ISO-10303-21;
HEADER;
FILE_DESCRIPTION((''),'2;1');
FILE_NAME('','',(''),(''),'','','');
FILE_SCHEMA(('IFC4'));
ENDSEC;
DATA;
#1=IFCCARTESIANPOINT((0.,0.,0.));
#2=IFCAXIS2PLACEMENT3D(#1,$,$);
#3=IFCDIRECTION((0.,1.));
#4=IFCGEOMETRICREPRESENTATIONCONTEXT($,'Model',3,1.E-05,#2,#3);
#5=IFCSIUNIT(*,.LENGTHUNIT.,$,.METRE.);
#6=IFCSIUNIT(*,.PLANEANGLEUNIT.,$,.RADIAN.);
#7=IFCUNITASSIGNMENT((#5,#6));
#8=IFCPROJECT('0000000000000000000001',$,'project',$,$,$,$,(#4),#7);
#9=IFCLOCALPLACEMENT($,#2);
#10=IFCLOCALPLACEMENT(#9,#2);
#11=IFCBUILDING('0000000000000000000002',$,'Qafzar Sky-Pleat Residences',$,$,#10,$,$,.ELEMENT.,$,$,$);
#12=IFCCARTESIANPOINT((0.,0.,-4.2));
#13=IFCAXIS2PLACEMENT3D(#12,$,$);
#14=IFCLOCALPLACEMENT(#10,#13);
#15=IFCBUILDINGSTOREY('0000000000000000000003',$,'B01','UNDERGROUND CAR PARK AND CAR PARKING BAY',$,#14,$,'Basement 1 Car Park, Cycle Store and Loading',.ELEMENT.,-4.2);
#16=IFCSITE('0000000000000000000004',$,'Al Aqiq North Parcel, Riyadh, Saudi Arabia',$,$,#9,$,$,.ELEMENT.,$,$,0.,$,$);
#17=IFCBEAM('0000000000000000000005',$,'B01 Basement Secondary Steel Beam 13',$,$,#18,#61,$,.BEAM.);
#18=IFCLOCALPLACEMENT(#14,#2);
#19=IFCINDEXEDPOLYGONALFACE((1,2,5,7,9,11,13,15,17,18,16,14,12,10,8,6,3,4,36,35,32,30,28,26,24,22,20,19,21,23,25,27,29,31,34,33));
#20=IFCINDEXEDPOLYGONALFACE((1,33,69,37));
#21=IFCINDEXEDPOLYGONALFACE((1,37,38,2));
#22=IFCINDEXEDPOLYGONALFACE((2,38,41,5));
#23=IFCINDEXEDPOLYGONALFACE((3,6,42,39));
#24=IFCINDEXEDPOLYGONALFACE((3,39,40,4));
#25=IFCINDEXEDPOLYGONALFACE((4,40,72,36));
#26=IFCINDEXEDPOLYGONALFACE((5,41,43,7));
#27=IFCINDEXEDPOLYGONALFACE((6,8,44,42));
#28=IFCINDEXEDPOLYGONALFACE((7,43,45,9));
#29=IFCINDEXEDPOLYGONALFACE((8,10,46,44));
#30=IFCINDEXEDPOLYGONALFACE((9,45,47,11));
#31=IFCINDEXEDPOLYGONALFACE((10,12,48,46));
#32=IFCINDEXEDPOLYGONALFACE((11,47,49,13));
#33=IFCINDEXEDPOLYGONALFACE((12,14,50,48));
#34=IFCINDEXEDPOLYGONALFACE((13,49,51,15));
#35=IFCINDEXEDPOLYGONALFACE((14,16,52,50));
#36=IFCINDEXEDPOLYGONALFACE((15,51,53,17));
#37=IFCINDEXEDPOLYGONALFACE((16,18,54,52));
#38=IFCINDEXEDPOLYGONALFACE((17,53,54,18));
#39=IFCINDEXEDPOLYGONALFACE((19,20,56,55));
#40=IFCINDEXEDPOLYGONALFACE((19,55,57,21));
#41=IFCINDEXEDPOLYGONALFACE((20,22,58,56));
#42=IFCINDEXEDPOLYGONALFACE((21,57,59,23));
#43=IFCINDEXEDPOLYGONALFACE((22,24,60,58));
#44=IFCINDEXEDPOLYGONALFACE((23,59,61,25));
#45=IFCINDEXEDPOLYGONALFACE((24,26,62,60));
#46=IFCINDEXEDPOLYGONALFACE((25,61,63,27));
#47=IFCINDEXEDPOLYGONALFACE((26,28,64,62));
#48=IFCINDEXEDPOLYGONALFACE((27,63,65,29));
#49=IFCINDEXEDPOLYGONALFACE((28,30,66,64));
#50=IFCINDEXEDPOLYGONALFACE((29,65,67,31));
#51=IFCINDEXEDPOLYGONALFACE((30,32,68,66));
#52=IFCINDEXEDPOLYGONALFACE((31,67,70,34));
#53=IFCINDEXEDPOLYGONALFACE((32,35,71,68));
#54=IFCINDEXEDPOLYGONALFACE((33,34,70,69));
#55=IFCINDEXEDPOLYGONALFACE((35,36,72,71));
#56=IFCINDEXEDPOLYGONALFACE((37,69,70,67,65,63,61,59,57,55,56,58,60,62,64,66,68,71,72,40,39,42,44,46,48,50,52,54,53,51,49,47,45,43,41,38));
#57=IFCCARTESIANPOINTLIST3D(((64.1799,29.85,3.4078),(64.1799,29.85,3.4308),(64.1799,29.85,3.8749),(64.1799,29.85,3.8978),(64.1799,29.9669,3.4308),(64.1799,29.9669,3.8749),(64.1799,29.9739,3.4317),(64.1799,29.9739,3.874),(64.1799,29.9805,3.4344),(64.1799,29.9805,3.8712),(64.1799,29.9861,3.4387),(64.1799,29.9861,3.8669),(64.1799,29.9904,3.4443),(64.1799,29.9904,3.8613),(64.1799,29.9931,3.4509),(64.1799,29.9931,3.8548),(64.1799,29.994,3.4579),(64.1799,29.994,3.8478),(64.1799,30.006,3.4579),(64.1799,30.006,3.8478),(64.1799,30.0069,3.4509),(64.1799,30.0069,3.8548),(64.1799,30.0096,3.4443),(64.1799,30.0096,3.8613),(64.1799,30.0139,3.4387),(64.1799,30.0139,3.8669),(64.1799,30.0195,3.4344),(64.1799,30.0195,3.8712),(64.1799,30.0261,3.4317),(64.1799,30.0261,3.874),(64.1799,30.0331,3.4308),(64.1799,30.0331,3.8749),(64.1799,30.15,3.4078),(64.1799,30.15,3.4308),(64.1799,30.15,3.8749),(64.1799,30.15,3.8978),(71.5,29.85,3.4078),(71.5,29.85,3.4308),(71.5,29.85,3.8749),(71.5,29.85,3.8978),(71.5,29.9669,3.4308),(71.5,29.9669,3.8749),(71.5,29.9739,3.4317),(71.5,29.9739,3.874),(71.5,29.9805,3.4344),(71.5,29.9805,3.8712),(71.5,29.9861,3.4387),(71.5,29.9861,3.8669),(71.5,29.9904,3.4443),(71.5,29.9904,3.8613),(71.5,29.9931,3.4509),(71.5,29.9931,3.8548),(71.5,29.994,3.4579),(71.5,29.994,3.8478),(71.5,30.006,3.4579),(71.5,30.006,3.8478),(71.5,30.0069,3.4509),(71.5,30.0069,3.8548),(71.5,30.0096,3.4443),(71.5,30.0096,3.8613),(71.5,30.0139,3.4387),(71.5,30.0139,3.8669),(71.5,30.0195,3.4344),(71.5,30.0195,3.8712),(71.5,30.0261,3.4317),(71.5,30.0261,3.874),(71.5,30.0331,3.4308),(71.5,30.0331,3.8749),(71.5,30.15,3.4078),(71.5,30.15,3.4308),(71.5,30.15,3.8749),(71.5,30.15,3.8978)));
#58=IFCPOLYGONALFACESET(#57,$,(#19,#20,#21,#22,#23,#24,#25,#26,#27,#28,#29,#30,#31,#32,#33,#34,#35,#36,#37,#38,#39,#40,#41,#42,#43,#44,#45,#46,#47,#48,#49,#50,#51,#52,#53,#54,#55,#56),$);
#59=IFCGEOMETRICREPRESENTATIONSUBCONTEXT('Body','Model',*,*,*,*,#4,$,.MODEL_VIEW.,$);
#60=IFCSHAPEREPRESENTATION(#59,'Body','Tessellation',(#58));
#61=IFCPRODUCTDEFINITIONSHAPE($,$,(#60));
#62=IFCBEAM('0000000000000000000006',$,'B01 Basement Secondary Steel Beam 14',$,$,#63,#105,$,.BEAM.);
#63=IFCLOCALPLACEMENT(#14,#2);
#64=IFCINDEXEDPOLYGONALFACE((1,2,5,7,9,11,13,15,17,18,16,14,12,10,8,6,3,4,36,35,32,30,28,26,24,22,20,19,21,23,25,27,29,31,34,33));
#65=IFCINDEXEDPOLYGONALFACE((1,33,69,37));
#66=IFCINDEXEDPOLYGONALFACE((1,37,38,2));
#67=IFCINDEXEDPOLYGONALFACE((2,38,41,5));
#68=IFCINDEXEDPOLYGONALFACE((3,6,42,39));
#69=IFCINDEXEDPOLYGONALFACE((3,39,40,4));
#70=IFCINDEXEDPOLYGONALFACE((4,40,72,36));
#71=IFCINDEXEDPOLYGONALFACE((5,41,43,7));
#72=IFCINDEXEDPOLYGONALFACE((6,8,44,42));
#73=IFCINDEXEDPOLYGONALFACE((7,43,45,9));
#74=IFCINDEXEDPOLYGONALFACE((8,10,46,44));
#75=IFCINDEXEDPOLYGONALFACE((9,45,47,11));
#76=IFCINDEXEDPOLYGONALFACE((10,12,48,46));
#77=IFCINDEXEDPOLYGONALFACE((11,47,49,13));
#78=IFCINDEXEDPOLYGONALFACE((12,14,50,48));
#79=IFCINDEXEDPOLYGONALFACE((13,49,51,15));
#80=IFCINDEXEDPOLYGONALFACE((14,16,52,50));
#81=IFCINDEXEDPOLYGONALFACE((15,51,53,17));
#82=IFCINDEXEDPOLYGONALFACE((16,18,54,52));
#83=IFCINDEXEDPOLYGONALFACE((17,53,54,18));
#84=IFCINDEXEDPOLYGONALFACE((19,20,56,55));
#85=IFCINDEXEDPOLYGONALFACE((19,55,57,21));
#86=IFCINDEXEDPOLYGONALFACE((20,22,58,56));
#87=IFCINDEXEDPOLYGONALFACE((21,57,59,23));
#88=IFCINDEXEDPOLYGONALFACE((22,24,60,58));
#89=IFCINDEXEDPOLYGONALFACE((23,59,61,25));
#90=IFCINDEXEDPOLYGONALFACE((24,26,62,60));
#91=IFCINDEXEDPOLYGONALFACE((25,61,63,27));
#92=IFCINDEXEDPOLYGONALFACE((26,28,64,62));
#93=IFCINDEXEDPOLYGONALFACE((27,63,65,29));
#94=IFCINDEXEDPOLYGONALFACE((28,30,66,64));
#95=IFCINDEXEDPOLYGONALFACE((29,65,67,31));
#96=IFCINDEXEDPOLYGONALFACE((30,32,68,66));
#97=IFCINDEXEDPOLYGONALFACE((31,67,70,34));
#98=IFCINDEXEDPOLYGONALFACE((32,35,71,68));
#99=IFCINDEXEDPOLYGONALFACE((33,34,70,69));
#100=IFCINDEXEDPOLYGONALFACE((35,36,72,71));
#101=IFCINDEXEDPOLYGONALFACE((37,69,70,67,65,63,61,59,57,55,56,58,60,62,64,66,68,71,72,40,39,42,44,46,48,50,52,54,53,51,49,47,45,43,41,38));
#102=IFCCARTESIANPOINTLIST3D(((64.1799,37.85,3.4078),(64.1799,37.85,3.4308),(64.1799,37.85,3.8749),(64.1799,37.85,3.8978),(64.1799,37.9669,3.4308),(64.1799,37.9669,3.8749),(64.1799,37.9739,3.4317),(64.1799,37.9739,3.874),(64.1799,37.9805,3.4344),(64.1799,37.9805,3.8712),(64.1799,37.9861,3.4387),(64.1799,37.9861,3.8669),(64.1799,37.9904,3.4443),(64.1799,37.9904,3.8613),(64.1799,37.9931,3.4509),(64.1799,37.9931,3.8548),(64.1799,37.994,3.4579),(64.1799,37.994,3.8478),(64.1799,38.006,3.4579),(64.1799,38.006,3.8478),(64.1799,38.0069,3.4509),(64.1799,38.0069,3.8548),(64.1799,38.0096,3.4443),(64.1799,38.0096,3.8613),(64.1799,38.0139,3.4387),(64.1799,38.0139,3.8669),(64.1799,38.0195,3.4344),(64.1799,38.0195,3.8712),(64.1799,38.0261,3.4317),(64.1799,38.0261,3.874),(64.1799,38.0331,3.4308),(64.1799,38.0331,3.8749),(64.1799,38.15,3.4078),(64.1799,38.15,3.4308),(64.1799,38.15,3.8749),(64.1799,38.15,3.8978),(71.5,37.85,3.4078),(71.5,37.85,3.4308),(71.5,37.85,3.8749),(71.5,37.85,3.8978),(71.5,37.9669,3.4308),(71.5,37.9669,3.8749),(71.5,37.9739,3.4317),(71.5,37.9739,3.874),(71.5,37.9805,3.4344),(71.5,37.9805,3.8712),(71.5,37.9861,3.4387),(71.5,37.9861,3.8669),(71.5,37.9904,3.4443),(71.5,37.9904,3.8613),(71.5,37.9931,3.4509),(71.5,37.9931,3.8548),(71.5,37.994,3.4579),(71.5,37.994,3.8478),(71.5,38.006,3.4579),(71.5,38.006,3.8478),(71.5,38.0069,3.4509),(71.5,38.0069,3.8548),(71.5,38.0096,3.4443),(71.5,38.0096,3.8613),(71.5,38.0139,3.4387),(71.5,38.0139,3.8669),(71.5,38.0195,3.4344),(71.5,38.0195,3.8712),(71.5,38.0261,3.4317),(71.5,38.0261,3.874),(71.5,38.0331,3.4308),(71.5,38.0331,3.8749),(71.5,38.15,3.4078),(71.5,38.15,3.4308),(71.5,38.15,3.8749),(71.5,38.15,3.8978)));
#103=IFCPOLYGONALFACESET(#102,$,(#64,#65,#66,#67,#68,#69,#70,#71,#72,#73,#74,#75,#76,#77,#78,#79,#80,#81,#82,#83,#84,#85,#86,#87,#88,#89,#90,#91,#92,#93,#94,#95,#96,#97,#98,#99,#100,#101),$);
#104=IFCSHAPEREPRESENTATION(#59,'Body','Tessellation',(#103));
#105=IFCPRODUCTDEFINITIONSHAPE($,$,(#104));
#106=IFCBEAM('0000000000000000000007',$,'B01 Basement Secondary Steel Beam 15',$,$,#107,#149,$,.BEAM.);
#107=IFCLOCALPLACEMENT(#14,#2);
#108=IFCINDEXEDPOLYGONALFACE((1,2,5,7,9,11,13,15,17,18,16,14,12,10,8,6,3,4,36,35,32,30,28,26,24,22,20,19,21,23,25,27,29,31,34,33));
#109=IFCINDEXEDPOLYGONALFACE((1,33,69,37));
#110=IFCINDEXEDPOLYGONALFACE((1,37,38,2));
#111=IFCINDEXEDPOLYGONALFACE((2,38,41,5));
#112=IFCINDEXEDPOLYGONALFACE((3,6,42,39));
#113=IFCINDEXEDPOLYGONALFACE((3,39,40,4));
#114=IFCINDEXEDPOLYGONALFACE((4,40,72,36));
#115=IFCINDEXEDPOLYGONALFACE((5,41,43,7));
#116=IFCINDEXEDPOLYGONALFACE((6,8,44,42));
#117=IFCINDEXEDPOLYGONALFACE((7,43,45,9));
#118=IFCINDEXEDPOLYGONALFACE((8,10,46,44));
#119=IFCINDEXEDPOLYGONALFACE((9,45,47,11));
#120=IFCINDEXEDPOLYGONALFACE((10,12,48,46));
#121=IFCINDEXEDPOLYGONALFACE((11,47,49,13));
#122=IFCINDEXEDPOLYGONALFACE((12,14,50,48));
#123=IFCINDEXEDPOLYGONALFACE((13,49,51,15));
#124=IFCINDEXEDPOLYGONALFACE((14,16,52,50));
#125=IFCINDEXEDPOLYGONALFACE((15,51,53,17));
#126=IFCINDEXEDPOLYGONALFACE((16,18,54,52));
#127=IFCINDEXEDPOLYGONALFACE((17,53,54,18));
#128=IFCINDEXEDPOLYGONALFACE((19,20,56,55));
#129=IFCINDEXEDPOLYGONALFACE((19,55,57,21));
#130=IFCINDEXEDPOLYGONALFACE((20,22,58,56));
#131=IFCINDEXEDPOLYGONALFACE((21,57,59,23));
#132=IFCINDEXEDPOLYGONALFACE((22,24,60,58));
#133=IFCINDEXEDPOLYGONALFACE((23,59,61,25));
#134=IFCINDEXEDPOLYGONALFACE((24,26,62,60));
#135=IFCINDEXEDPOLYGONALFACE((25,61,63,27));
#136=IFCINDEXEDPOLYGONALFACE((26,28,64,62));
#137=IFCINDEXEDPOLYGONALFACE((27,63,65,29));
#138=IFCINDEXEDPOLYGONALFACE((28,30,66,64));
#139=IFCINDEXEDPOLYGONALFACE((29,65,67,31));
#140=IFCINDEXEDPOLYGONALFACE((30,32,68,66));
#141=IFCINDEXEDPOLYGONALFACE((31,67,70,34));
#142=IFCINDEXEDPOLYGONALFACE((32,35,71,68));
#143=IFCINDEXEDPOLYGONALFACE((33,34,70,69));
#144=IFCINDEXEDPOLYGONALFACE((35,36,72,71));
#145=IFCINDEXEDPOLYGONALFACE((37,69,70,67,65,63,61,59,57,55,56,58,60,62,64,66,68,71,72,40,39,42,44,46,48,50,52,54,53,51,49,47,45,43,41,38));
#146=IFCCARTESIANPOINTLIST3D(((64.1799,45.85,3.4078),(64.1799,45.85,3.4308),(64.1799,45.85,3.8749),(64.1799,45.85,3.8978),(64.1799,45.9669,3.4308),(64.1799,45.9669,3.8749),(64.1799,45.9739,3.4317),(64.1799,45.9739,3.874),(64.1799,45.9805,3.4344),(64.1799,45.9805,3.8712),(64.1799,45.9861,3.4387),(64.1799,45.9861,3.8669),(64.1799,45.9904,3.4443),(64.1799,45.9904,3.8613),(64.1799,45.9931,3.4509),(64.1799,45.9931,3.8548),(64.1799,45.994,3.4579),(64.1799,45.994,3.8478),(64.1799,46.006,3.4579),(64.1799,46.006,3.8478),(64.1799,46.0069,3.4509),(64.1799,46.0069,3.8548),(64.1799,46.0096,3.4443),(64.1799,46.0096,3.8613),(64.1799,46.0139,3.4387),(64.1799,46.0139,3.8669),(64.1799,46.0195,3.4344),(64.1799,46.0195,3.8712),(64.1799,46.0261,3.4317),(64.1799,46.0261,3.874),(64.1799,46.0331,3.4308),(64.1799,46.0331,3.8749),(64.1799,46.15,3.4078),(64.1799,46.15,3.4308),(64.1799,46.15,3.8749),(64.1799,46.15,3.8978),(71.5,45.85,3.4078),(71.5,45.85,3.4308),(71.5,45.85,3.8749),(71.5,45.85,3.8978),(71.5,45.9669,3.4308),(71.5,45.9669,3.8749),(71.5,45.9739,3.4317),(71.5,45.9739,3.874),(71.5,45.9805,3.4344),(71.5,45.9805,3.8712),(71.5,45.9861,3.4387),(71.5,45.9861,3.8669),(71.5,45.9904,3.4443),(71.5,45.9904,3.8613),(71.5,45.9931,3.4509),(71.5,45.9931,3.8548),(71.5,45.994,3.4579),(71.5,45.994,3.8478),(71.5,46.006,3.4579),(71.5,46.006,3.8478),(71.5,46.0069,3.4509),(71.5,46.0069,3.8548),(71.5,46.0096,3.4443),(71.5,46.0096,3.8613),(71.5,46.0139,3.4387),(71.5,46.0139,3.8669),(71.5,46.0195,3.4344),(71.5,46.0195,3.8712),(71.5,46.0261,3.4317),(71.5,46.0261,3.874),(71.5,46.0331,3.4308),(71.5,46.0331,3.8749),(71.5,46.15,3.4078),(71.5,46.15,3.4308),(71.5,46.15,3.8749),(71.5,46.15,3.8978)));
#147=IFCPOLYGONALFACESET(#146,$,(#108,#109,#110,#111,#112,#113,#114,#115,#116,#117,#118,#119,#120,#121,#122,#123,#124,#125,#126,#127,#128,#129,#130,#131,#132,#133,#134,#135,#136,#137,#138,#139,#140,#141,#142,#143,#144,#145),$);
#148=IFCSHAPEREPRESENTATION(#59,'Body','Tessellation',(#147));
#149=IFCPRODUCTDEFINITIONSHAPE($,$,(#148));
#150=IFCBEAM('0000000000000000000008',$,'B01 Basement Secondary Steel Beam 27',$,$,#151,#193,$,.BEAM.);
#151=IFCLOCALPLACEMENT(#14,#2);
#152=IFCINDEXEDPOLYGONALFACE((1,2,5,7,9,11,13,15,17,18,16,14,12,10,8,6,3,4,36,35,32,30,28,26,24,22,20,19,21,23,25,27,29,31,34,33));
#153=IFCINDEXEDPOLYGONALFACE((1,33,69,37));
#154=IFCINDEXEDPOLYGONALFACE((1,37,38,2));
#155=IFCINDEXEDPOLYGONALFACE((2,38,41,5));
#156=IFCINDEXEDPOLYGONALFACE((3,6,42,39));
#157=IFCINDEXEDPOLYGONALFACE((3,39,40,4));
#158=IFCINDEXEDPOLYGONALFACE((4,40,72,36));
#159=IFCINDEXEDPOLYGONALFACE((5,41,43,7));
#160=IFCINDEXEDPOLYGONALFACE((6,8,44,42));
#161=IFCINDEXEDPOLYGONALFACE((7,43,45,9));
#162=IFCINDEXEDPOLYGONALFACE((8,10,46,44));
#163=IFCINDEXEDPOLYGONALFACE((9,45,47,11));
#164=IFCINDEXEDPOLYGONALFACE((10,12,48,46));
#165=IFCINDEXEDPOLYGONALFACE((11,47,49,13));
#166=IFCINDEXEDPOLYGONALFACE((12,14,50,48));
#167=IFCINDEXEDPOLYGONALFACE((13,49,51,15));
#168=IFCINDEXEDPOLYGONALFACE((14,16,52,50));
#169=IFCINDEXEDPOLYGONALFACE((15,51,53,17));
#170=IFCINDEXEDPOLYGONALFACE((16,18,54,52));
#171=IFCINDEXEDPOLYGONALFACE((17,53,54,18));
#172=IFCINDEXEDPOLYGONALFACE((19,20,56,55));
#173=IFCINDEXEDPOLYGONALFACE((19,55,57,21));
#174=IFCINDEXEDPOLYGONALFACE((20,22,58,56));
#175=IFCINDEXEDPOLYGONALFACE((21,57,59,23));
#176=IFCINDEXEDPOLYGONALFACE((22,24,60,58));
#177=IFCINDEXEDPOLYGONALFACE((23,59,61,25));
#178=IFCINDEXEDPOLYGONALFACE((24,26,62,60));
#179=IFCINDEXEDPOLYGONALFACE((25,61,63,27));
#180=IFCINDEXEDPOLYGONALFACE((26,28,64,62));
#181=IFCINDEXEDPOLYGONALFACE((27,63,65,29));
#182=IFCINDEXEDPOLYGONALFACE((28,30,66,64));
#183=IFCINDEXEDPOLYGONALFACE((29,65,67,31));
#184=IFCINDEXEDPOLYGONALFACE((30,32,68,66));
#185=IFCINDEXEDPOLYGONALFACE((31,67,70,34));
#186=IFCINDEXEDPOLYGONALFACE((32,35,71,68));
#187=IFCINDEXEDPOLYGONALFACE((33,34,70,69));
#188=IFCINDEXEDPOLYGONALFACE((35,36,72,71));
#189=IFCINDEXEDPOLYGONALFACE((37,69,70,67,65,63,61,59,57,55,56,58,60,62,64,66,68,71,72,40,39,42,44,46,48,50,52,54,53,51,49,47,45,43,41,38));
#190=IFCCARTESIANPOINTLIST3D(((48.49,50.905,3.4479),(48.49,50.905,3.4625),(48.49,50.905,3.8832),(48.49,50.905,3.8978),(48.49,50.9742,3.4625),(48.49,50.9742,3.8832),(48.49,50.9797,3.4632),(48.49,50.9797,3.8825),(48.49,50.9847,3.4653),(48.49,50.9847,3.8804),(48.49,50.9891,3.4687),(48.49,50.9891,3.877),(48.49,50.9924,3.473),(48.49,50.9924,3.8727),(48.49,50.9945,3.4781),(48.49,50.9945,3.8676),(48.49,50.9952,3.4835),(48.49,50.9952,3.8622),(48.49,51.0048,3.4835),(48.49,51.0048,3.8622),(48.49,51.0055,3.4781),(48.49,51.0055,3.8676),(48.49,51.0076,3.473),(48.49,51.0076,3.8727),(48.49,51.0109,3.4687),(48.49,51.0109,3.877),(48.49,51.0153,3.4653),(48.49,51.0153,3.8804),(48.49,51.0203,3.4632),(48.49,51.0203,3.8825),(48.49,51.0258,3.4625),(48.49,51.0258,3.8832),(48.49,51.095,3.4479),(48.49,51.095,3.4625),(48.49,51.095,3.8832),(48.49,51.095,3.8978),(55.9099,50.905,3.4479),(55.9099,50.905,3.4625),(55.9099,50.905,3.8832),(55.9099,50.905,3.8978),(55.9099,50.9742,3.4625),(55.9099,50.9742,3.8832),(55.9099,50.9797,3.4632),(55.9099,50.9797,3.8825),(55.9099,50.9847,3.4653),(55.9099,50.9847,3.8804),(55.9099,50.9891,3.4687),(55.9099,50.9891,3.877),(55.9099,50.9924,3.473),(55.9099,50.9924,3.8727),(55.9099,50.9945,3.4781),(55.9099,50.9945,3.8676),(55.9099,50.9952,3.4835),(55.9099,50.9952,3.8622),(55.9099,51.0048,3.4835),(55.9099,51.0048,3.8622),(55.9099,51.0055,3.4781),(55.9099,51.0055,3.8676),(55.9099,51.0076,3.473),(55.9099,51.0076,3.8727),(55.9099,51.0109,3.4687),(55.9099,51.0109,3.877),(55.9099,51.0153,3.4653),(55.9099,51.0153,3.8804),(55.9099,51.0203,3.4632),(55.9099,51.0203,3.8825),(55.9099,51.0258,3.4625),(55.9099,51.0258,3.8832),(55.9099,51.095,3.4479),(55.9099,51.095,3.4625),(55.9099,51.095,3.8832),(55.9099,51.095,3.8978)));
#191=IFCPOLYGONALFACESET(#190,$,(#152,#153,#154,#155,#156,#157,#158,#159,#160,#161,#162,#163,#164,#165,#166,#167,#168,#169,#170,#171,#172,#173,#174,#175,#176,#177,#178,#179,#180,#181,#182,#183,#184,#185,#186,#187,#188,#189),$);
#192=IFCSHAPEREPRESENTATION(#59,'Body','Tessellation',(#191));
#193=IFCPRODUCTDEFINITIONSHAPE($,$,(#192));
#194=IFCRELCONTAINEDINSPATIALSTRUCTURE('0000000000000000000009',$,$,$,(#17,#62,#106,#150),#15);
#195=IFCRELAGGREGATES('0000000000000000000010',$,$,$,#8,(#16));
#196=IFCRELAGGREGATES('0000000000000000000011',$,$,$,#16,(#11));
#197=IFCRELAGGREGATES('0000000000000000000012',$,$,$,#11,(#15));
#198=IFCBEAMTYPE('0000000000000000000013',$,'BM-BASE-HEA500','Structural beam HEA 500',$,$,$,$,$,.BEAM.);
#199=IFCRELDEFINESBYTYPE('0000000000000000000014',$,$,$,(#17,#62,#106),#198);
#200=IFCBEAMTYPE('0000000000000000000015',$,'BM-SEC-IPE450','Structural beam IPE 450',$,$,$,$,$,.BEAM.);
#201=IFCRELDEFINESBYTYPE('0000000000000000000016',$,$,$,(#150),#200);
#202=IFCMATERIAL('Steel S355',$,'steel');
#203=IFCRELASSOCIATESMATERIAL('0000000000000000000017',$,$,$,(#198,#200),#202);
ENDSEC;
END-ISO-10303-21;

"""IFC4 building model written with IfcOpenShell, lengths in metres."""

from ifc_helpers import new_model, si_unit, direction, frame, origin, origin_2d, place, context, subcontext, project, spatial, i_section, extrude, source, transform, mapped, material, material_profile, profile_set, type_object, element, save


model = new_model("IFC4")

# Units and contexts
model_context = context("Model", 3, precision=1e-05, world=origin(), true_north=direction((0.0, 1.0)))
body_context = subcontext(model_context, "Body", "Model", "MODEL_VIEW")
ifc_project = project(units=[si_unit("LENGTHUNIT", "METRE"), si_unit("PLANEANGLEUNIT", "RADIAN")], contexts=[model_context])

# Site, building, storey
site_placement = place(None, origin())
site = spatial("IfcSite", under=ifc_project, at=site_placement, Name="Al Aqiq North Parcel, Riyadh, Saudi Arabia", CompositionType="ELEMENT", RefElevation=0.0)
building_placement = place(site_placement, origin())
building = spatial("IfcBuilding", under=site, at=building_placement, Name="Qafzar Sky-Pleat Residences", CompositionType="ELEMENT")
storey_placement = place(building_placement, frame((0.0, 0.0, -4.2)))
storey = spatial("IfcBuildingStorey", under=building, at=storey_placement, Name="B01", Description="UNDERGROUND CAR PARK AND CAR PARKING BAY", LongName="Basement 1 Car Park, Cycle Store and Loading", CompositionType="ELEMENT", Elevation=-4.2)

# Beams
ifc_material_1 = material(Name="Steel S355", Category="steel")
ifc_material_profile_1 = material_profile(ifc_material_1, i_section(OverallWidth=0.3, OverallDepth=0.49, WebThickness=0.012, FlangeThickness=0.0229, FilletRadius=0.0271, at=origin_2d()), Name="HEA 500")
ifc_profile_set_1 = profile_set([ifc_material_profile_1], Name="Steel S355")
beam_type_1 = type_object("IfcBeamType", Name="BM-BASE-HEA500", Description="Structural beam HEA 500", PredefinedType="BEAM", material=ifc_profile_set_1)
shared_shape_1 = source(origin(), body_context, "Body", "SweptSolid", [
    extrude(i_section(OverallWidth=0.3, OverallDepth=0.49, WebThickness=0.012, FlangeThickness=0.0229, FilletRadius=0.0271, at=origin_2d()), origin(), (0.0, 0.0, 1.0), 7.3201),
])
for number, where, z_axis, x_axis, name in (
    (1, (64.1799, 30.0, 3.6528), (1.0, 0.0, 0.0), (0.0, 1.0, 0.0), "B01 Basement Secondary Steel Beam 13"),
    (2, (64.1799, 38.0, 3.6528), (1.0, 0.0, 0.0), (0.0, 1.0, 0.0), "B01 Basement Secondary Steel Beam 14"),
    (3, (64.1799, 46.0, 3.6528), (1.0, 0.0, 0.0), (0.0, 1.0, 0.0), "B01 Basement Secondary Steel Beam 15"),
):
    element("IfcBeam", number, at=place(storey_placement, frame(where, z_axis=z_axis, x_axis=x_axis)), inside=storey, type_object=beam_type_1, Name=name, PredefinedType="BEAM", context=body_context, shape_type="MappedRepresentation", body=[
        mapped(shared_shape_1, transform((0.0, 0.0, 0.0), x_axis=(1.0, 0.0, 0.0), y_axis=(0.0, 1.0, 0.0), z_axis=(0.0, 0.0, 1.0), scale=1.0)),
    ])
ifc_material_profile_2 = material_profile(ifc_material_1, i_section(OverallWidth=0.1899, OverallDepth=0.45, WebThickness=0.0095, FlangeThickness=0.0146, FilletRadius=0.021, at=origin_2d()), Name="IPE 450")
ifc_profile_set_2 = profile_set([ifc_material_profile_2], Name="Steel S355")
beam_type_2 = type_object("IfcBeamType", Name="BM-SEC-IPE450", Description="Structural beam IPE 450", PredefinedType="BEAM", material=ifc_profile_set_2)
shared_shape_2 = source(origin(), body_context, "Body", "SweptSolid", [
    extrude(i_section(OverallWidth=0.1899, OverallDepth=0.45, WebThickness=0.0095, FlangeThickness=0.0146, FilletRadius=0.021, at=origin_2d()), origin(), (0.0, 0.0, 1.0), 7.4199),
])
beam_1_placement = place(storey_placement, frame((48.49, 51.0, 3.6729), z_axis=(1.0, 0.0, 0.0), x_axis=(0.0, 1.0, 0.0)))
element("IfcBeam", 4, at=beam_1_placement, inside=storey, type_object=beam_type_2, Name="B01 Basement Secondary Steel Beam 27", PredefinedType="BEAM", context=body_context, shape_type="MappedRepresentation", body=[
    mapped(shared_shape_2, transform((0.0, 0.0, 0.0), x_axis=(1.0, 0.0, 0.0), y_axis=(0.0, 1.0, 0.0), z_axis=(0.0, 0.0, 1.0), scale=1.0)),
])

save(model, "model.ifc")
